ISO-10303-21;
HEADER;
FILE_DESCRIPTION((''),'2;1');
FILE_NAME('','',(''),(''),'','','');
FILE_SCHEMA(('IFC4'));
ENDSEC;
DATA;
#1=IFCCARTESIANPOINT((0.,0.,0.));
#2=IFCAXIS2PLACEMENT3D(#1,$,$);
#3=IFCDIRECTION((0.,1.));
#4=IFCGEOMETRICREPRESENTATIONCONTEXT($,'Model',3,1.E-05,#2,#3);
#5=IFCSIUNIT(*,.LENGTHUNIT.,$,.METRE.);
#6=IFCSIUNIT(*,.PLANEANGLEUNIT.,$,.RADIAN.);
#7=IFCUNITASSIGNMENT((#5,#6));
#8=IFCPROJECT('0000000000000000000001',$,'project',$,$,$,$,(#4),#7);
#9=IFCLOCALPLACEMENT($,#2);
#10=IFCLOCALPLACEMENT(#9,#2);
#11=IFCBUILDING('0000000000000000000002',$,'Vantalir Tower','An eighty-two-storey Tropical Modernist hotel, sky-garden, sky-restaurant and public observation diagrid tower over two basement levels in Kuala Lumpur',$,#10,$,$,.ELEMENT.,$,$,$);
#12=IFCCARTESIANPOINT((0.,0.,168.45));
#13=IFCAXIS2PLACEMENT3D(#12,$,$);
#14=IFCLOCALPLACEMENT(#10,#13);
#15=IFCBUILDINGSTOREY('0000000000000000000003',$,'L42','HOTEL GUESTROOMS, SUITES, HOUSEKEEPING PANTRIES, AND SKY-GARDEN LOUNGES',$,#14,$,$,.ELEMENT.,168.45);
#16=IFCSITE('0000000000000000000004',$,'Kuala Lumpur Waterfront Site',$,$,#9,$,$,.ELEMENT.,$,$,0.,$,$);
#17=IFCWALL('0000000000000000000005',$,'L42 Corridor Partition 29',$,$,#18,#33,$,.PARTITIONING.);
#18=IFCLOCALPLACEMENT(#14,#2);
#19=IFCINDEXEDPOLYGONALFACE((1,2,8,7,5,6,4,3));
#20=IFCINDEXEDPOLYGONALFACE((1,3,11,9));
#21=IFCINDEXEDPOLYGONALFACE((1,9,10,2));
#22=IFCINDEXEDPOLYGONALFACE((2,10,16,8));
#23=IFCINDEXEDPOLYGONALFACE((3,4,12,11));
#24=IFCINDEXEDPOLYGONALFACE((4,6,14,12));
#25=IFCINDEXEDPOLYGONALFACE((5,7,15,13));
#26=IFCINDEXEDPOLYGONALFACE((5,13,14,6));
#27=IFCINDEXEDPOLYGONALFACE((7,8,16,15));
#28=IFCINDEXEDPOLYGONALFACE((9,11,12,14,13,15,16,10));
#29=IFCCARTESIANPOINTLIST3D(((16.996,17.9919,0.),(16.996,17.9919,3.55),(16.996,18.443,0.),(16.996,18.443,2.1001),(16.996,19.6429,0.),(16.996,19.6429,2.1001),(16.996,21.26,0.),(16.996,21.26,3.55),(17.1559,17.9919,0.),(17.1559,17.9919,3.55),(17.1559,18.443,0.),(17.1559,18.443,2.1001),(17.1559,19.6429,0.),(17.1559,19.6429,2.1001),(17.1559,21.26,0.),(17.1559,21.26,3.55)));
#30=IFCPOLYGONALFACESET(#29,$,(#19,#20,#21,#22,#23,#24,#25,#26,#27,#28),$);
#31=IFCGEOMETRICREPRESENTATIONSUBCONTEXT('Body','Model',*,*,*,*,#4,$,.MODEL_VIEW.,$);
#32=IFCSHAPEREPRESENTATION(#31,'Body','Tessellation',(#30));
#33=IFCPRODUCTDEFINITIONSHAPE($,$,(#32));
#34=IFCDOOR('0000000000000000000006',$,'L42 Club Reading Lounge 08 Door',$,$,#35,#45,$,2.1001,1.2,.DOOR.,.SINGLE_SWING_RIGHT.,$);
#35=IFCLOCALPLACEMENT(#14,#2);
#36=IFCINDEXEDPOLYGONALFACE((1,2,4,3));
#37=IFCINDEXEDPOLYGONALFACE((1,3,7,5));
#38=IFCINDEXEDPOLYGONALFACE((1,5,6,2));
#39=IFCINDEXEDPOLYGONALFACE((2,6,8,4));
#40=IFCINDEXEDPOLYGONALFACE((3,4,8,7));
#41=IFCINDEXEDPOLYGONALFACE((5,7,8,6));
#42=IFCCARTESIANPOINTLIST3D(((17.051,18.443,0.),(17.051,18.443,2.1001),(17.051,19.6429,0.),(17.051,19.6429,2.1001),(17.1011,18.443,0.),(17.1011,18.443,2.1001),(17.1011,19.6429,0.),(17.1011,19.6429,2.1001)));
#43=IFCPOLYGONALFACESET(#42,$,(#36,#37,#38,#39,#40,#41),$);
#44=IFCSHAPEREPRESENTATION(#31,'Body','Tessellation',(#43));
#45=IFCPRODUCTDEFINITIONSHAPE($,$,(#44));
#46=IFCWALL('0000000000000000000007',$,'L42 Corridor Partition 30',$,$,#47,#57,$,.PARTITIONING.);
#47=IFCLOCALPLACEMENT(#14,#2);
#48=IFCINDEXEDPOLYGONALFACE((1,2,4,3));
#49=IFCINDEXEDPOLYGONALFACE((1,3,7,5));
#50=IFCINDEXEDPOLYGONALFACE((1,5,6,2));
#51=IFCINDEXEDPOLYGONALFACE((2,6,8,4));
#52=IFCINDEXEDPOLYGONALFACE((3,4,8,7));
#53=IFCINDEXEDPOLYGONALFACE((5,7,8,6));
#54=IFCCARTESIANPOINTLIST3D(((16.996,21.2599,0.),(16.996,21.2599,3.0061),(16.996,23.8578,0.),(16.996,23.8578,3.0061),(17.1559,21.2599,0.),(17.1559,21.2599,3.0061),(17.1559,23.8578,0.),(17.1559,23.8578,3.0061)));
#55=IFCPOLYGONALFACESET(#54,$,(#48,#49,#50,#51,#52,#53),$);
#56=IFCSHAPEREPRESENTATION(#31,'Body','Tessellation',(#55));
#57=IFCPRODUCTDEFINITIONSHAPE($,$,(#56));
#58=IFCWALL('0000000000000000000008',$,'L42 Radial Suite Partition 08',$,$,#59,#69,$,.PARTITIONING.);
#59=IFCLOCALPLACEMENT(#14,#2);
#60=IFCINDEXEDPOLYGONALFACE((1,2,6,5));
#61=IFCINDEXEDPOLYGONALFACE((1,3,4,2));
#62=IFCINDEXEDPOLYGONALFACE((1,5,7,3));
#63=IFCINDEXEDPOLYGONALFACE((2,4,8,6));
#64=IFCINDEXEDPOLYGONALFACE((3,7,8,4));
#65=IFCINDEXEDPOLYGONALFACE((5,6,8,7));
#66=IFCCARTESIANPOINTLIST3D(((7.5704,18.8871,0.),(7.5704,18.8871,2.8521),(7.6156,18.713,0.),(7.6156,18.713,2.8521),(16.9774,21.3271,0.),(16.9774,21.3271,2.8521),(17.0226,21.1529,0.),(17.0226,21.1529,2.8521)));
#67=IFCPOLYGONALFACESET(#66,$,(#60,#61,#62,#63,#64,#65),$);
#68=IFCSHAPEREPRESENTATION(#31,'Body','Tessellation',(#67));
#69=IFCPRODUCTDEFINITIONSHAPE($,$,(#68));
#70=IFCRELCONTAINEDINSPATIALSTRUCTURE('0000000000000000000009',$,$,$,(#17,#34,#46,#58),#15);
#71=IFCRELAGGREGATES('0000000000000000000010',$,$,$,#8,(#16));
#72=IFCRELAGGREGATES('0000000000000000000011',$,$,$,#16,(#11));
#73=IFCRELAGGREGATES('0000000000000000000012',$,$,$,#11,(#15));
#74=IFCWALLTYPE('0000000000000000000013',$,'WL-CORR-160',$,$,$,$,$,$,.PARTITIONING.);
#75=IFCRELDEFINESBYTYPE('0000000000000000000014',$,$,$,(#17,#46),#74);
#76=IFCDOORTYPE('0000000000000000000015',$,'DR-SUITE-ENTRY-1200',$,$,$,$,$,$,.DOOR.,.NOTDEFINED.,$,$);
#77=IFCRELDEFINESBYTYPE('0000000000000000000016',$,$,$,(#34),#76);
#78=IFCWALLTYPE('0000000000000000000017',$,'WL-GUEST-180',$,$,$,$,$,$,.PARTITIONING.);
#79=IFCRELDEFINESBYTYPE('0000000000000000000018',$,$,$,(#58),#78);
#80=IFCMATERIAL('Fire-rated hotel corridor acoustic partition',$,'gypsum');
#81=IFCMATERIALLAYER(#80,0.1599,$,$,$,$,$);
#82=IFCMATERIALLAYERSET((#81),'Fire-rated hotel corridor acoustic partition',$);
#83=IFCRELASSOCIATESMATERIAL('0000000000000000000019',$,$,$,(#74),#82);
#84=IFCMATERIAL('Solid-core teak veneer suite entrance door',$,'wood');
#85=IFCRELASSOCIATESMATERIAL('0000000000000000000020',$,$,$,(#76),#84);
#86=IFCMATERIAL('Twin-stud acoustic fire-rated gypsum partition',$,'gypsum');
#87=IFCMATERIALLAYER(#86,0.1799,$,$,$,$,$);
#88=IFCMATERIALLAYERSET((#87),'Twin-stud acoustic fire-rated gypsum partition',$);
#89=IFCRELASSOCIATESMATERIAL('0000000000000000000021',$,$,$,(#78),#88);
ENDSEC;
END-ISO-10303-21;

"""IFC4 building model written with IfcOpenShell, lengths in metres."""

from ifc_helpers import new_model, si_unit, direction, frame, frame_2d, origin, place, context, subcontext, project, spatial, rectangle, extrude, material, layer, layer_set, type_object, element, fill, save


model = new_model("IFC4")

# Units and contexts
model_context = context("Model", 3, precision=1e-05, world=origin(), true_north=direction((0.0, 1.0)))
body_context = subcontext(model_context, "Body", "Model", "MODEL_VIEW")
ifc_project = project(units=[si_unit("LENGTHUNIT", "METRE"), si_unit("PLANEANGLEUNIT", "RADIAN")], contexts=[model_context])

# Site, building, storey
site_placement = place(None, origin())
site = spatial("IfcSite", under=ifc_project, at=site_placement, Name="Kuala Lumpur Waterfront Site", CompositionType="ELEMENT", RefElevation=0.0)
building_placement = place(site_placement, origin())
building = spatial("IfcBuilding", under=site, at=building_placement, Name="Vantalir Tower", Description="An eighty-two-storey Tropical Modernist hotel, sky-garden, sky-restaurant and public observation diagrid tower over two basement levels in Kuala Lumpur", CompositionType="ELEMENT")
storey_placement = place(building_placement, frame((0.0, 0.0, 168.45)))
storey = spatial("IfcBuildingStorey", under=building, at=storey_placement, Name="L42", Description="HOTEL GUESTROOMS, SUITES, HOUSEKEEPING PANTRIES, AND SKY-GARDEN LOUNGES", CompositionType="ELEMENT", Elevation=168.45)

# Wall, opening, door
ifc_material_1 = material(Name="Fire-rated hotel corridor acoustic partition", Category="gypsum")
ifc_layer_1 = layer(ifc_material_1, 0.1599)
ifc_layer_set_1 = layer_set([ifc_layer_1], Name="Fire-rated hotel corridor acoustic partition")
wall_type_1 = type_object("IfcWallType", Name="WL-CORR-160", PredefinedType="PARTITIONING", material=ifc_layer_set_1)
wall_1_placement = place(storey_placement, frame((17.0759, 17.9919, 0.0), z_axis=(0.0, 0.0, 1.0), x_axis=(0.0, 1.0, 0.0)))
wall_1 = element("IfcWall", 1, at=wall_1_placement, inside=storey, type_object=wall_type_1, Name="L42 Corridor Partition 29", PredefinedType="PARTITIONING", context=body_context, shape_type="SweptSolid", body=[
    extrude(rectangle(XDim=3.2681, YDim=0.1599, at=frame_2d((1.634, 0.0))), origin(), (0.0, 0.0, 1.0), 3.55),
])
opening_1_placement = place(wall_1_placement, frame((0.4509, 0.0, 0.0)))
opening_1 = element("IfcOpeningElement", 2, at=opening_1_placement, cuts=wall_1, PredefinedType="OPENING", context=body_context, shape_type="SweptSolid", body=[
    extrude(rectangle(XDim=1.2, YDim=2.1001, at=frame_2d((0.6001, 1.05))), frame((0.0, 0.0898, 0.0), z_axis=(0.0, -1.0, 0.0), x_axis=(1.0, 0.0, 0.0)), (0.0, 0.0, 1.0), 0.1799),
])
ifc_material_2 = material(Name="Solid-core teak veneer suite entrance door", Category="wood")
door_type_1 = type_object("IfcDoorType", Name="DR-SUITE-ENTRY-1200", OperationType="NOTDEFINED", PredefinedType="DOOR", material=ifc_material_2)
door_1_placement = place(opening_1_placement, origin())
door_1 = element("IfcDoor", 3, at=door_1_placement, inside=storey, type_object=door_type_1, Name="L42 Club Reading Lounge 08 Door", OperationType="SINGLE_SWING_RIGHT", OverallHeight=2.1001, OverallWidth=1.2, PredefinedType="DOOR", context=body_context, shape_type="SweptSolid", body=[
    extrude(rectangle(XDim=1.2, YDim=2.1001, at=frame_2d((0.6001, 1.05))), frame((0.0, 0.0249, 0.0), z_axis=(0.0, -1.0, 0.0), x_axis=(1.0, 0.0, 0.0)), (0.0, 0.0, 1.0), 0.05),
])
fill(opening_1, door_1)

# Walls
wall_2_placement = place(storey_placement, frame((17.0759, 21.26, 0.0), z_axis=(0.0, 0.0, 1.0), x_axis=(0.0, 1.0, 0.0)))
element("IfcWall", 4, at=wall_2_placement, inside=storey, type_object=wall_type_1, Name="L42 Corridor Partition 30", PredefinedType="PARTITIONING", context=body_context, shape_type="SweptSolid", body=[
    extrude(rectangle(XDim=2.5979, YDim=0.1599, at=frame_2d((1.2988, 0.0))), origin(), (0.0, 0.0, 1.0), 3.0061),
])
ifc_material_3 = material(Name="Twin-stud acoustic fire-rated gypsum partition", Category="gypsum")
ifc_layer_2 = layer(ifc_material_3, 0.1799)
ifc_layer_set_2 = layer_set([ifc_layer_2], Name="Twin-stud acoustic fire-rated gypsum partition")
wall_type_2 = type_object("IfcWallType", Name="WL-GUEST-180", PredefinedType="PARTITIONING", material=ifc_layer_set_2)
wall_3_placement = place(storey_placement, frame((17.0, 21.24, 0.0), z_axis=(0.0, 0.0, 1.0), x_axis=(-0.96797, -0.251068, 0.0)))
element("IfcWall", 5, at=wall_3_placement, inside=storey, type_object=wall_type_2, Name="L42 Radial Suite Partition 08", PredefinedType="PARTITIONING", context=body_context, shape_type="SweptSolid", body=[
    extrude(rectangle(XDim=9.7183, YDim=0.1799, at=frame_2d((4.8591, 0.0))), origin(), (0.0, 0.0, 1.0), 2.8521),
])

save(model, "model.ifc")
